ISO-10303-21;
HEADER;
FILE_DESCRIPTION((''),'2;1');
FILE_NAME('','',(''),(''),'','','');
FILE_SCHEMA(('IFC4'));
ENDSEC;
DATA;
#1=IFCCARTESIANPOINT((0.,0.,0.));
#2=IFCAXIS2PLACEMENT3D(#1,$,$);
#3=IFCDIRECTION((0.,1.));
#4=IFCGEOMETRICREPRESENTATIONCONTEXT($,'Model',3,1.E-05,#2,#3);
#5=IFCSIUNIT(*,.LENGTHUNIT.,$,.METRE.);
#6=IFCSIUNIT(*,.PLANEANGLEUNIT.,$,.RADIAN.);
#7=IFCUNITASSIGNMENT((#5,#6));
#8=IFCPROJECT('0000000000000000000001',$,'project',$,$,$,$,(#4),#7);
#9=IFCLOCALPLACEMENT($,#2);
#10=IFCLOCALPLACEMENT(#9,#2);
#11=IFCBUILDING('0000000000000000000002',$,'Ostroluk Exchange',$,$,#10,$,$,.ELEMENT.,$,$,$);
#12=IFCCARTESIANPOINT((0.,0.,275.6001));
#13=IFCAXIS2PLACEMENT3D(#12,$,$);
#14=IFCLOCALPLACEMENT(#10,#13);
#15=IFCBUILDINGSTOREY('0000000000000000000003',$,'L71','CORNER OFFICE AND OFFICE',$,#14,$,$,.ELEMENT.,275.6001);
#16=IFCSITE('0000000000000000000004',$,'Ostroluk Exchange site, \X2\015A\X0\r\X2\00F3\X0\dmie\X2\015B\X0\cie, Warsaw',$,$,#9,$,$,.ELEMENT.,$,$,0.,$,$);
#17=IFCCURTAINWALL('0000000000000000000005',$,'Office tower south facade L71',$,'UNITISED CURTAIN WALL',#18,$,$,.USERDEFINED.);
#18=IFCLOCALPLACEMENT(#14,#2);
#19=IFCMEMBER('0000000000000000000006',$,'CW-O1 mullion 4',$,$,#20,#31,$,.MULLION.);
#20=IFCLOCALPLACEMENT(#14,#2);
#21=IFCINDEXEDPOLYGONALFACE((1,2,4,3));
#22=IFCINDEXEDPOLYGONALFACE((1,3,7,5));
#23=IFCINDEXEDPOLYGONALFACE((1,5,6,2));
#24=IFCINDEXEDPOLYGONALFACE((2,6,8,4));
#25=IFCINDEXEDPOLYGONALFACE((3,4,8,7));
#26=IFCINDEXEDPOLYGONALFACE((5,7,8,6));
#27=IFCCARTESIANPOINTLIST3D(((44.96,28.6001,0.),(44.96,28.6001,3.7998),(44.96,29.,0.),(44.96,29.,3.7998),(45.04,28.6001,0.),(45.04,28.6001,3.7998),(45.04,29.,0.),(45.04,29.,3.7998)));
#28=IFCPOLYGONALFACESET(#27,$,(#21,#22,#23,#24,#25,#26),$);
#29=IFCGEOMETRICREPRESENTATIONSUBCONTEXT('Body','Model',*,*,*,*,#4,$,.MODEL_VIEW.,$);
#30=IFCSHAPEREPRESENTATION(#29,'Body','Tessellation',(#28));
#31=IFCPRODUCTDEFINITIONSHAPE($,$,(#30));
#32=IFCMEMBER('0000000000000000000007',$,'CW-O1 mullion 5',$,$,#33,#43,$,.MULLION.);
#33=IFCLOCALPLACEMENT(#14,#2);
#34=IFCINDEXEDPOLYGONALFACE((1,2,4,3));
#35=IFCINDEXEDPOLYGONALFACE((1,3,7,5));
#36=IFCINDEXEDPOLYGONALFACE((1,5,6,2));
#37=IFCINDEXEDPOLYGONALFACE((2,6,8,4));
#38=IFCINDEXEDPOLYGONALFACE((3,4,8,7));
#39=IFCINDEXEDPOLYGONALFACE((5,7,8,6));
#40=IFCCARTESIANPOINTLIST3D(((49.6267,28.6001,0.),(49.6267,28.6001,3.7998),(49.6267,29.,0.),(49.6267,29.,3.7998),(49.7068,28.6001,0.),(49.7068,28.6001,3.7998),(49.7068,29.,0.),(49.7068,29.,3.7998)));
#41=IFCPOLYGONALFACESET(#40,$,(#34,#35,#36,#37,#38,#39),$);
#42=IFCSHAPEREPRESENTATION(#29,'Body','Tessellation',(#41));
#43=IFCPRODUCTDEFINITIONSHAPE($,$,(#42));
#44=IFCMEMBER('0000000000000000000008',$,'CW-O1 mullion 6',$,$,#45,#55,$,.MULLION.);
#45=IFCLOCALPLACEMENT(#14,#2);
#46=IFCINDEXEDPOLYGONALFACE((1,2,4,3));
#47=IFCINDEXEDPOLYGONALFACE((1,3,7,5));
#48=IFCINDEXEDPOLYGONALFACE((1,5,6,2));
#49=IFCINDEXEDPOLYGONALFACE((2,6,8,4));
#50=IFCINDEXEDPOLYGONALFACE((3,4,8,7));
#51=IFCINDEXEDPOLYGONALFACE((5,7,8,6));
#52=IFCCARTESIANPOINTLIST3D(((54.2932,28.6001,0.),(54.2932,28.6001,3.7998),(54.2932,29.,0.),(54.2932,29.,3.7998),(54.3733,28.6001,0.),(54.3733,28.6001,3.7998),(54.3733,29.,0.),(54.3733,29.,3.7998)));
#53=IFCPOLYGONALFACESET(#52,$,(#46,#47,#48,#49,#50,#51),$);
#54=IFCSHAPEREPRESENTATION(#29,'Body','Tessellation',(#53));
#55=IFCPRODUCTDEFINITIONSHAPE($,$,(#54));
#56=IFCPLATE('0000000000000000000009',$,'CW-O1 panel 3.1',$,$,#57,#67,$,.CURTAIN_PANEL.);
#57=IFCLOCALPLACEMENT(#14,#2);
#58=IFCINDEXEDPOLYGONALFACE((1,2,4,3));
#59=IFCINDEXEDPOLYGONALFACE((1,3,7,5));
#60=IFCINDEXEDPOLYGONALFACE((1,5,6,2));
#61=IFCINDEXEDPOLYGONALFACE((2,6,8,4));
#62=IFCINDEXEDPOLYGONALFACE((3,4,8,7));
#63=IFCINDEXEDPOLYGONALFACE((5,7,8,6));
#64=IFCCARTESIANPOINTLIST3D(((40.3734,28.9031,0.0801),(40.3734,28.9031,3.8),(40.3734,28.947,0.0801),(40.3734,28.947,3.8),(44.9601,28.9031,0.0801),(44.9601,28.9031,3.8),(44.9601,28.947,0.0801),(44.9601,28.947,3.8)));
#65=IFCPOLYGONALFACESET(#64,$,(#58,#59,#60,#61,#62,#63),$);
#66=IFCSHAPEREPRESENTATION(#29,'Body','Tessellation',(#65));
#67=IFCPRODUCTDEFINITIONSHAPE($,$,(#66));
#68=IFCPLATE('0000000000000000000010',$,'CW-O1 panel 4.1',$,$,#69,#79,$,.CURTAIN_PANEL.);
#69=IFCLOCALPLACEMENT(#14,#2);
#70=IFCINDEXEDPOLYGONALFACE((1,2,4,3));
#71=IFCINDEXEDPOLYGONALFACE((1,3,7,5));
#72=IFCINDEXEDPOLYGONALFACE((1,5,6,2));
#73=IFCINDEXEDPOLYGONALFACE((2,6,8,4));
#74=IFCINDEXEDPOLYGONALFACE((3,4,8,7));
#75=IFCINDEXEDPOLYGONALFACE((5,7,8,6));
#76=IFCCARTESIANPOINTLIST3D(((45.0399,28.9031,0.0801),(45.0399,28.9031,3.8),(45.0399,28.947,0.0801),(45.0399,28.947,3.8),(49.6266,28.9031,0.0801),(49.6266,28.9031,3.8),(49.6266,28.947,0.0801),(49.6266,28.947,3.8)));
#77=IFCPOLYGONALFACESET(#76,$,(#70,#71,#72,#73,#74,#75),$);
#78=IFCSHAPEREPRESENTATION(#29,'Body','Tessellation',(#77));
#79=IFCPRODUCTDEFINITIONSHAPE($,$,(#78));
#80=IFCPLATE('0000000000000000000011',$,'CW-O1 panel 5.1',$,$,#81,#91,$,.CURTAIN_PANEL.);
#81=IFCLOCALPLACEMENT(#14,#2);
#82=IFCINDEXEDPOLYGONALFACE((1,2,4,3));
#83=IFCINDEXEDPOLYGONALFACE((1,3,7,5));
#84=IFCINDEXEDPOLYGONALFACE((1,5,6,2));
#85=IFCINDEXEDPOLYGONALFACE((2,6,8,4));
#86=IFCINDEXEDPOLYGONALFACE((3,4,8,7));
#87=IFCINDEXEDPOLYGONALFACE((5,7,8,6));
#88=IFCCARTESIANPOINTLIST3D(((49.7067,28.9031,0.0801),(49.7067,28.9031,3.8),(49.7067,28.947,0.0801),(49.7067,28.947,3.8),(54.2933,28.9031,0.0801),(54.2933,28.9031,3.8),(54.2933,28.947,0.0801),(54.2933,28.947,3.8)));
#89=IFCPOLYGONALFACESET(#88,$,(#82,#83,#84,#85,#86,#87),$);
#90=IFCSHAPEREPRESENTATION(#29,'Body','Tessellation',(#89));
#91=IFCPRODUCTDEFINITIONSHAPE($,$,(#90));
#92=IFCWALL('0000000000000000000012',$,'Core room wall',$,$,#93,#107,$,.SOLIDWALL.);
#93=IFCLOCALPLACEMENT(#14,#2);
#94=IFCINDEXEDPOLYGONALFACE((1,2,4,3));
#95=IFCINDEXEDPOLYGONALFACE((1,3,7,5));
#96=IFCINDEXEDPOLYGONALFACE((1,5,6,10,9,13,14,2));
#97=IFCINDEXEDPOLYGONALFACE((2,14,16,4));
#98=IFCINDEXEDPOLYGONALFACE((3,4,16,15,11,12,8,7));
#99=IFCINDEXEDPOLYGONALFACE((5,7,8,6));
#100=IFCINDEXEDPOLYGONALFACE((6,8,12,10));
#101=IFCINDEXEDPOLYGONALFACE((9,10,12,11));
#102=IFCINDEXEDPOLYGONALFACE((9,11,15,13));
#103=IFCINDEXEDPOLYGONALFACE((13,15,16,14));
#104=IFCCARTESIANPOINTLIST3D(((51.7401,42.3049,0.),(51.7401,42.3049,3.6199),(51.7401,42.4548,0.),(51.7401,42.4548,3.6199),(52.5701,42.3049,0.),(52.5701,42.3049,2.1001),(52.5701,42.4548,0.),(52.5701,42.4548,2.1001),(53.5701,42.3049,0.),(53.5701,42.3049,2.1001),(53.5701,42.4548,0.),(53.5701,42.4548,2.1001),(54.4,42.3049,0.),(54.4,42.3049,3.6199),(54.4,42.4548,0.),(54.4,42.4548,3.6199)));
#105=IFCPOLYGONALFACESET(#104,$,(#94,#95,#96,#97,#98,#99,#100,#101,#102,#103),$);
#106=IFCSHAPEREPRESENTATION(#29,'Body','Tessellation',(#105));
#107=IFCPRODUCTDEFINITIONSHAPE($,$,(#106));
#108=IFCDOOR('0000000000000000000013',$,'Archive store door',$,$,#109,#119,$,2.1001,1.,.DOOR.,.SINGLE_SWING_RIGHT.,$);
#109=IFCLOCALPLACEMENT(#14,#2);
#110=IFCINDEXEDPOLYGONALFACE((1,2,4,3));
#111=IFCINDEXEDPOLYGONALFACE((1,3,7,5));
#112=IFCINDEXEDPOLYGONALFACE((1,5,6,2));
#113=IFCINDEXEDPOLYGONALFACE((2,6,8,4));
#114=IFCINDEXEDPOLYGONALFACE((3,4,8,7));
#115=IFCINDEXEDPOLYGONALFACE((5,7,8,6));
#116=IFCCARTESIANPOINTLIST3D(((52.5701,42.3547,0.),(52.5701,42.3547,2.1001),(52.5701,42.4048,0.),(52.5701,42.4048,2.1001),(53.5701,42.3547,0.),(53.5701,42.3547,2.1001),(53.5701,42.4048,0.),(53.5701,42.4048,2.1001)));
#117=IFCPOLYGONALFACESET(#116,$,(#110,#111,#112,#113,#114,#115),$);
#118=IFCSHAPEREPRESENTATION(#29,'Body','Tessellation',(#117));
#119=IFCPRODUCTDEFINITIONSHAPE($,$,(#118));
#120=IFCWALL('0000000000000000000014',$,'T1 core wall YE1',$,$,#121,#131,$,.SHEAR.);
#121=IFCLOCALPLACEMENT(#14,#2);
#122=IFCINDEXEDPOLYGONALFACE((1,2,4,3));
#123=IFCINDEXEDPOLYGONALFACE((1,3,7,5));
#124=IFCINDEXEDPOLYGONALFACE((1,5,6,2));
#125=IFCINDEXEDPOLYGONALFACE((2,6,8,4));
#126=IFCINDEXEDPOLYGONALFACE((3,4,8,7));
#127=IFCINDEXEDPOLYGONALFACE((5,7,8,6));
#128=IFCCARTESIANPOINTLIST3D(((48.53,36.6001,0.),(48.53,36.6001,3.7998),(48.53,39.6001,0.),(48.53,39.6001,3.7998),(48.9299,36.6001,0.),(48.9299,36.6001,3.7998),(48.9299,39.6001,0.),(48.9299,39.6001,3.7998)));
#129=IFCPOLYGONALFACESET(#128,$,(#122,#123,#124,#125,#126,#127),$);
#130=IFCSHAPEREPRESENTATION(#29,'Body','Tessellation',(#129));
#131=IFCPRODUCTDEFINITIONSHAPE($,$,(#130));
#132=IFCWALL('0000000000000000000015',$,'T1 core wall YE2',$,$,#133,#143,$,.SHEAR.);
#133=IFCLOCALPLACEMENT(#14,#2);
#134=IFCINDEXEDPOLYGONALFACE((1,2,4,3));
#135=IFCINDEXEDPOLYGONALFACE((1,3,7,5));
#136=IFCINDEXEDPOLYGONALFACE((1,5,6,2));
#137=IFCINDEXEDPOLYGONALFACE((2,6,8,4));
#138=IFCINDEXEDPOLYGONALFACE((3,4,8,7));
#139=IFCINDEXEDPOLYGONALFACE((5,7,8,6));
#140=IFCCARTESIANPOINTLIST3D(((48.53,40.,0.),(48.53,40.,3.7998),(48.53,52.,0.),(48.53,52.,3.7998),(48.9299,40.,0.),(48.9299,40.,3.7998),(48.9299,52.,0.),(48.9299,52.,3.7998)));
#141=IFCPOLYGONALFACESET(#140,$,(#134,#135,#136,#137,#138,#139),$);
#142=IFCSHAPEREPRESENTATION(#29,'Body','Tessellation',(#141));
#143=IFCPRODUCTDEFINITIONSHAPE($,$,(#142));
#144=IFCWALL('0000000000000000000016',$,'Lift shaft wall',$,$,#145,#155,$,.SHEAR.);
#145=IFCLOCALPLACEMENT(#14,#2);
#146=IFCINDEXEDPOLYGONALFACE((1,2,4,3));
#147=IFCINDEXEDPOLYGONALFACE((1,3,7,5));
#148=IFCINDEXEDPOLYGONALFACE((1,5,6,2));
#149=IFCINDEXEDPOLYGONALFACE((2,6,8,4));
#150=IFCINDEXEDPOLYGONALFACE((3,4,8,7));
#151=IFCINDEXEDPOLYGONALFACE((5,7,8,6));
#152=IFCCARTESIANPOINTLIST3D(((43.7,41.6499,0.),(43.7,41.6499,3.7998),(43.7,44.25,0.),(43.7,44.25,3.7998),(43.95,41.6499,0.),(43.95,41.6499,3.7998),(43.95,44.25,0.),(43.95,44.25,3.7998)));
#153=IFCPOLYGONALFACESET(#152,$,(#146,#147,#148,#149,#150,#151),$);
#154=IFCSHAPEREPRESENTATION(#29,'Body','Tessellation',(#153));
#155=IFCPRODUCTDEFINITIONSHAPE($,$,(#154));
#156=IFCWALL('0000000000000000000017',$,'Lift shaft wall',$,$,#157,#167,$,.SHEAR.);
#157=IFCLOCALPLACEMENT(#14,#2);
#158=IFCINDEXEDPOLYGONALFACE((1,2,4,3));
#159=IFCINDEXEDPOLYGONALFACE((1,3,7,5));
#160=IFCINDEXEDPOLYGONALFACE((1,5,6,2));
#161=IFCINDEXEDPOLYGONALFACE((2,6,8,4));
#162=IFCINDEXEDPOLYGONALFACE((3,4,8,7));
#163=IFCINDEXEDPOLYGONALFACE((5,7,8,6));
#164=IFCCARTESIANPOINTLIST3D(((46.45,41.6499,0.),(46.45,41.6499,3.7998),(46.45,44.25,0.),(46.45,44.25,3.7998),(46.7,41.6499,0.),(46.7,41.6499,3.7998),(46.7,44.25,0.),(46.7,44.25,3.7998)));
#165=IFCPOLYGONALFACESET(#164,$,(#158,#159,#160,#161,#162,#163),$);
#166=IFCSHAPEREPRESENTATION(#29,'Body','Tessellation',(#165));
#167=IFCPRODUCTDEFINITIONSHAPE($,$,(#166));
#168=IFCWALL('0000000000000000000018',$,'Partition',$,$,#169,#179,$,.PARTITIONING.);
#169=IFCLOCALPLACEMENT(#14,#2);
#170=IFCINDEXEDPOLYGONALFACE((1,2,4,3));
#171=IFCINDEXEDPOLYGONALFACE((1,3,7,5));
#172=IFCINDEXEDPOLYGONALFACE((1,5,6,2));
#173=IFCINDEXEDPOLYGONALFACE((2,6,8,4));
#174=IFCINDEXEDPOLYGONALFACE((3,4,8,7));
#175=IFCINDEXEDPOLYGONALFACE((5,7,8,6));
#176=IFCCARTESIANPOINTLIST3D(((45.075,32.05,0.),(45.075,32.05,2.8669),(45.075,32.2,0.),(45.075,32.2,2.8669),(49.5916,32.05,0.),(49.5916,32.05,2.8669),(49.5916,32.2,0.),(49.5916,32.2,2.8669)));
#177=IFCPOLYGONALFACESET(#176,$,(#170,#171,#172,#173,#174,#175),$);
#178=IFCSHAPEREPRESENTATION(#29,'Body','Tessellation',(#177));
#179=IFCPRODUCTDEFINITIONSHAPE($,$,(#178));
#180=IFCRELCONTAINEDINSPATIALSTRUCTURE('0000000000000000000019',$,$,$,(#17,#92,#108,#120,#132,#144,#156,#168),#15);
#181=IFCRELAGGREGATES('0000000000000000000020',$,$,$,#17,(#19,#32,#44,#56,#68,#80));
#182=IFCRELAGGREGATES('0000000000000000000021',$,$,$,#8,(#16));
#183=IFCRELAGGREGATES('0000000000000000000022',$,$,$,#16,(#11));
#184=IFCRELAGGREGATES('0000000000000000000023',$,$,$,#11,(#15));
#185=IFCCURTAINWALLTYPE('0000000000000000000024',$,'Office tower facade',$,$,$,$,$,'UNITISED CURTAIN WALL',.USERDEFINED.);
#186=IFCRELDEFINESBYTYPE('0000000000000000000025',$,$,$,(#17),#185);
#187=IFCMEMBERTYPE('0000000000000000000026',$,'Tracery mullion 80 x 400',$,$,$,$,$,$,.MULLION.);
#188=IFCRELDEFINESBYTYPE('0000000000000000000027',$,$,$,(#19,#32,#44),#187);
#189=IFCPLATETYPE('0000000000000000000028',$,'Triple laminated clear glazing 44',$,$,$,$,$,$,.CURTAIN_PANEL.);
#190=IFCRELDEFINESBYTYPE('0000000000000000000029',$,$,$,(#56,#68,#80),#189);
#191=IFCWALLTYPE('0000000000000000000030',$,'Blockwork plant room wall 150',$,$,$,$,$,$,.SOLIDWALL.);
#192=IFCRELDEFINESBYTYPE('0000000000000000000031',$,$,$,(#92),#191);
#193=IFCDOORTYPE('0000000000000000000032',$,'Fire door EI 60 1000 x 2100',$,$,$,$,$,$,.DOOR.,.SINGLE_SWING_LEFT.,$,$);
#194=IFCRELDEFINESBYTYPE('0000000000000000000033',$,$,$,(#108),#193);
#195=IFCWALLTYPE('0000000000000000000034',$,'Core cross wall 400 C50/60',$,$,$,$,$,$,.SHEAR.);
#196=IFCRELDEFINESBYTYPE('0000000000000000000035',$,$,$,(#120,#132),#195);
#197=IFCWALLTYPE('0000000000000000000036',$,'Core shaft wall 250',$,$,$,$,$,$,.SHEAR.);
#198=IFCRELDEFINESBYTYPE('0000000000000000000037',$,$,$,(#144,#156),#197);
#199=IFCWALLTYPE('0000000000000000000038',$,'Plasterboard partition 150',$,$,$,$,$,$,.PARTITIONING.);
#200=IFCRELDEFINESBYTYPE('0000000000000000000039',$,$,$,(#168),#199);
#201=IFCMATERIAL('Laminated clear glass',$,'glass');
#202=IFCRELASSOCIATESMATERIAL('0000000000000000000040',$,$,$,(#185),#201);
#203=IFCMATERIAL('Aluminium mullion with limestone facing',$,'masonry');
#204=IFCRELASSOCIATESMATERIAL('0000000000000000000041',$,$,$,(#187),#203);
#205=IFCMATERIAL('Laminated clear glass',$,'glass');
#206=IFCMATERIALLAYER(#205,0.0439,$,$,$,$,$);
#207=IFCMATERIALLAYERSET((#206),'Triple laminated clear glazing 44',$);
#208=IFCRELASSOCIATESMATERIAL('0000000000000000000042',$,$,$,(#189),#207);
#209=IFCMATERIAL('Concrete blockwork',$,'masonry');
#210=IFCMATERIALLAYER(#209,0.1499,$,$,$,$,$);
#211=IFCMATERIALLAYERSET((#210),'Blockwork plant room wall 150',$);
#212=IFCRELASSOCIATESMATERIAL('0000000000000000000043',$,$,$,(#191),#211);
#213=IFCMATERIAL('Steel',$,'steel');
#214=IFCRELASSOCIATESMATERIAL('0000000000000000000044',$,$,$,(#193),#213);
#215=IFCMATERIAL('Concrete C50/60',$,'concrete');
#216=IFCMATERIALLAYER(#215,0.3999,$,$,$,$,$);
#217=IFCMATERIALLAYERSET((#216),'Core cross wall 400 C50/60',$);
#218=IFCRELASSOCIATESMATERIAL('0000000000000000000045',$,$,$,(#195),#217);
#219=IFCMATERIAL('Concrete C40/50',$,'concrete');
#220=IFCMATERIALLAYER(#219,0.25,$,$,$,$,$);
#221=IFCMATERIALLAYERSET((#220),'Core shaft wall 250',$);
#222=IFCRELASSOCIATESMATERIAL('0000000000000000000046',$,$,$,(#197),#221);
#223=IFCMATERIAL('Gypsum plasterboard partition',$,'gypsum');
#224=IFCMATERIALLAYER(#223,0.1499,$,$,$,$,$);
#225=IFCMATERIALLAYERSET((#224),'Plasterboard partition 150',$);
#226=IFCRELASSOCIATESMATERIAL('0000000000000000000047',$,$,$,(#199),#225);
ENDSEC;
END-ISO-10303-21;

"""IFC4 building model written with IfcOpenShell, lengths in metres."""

from ifc_helpers import new_model, si_unit, direction, frame, frame_2d, origin, origin_2d, place, context, subcontext, project, spatial, rectangle, extrude, material, layer, layer_set, material_profile, profile_set, type_object, element, fill, aggregate, save


model = new_model("IFC4")

# Units and contexts
model_context = context("Model", 3, precision=1e-05, world=origin(), true_north=direction((0.0, 1.0)))
body_context = subcontext(model_context, "Body", "Model", "MODEL_VIEW")
ifc_project = project(units=[si_unit("LENGTHUNIT", "METRE"), si_unit("PLANEANGLEUNIT", "RADIAN")], contexts=[model_context])

# Site, building, storey
site_placement = place(None, origin())
site = spatial("IfcSite", under=ifc_project, at=site_placement, Name="Ostroluk Exchange site, Śródmieście, Warsaw", CompositionType="ELEMENT", RefElevation=0.0)
building_placement = place(site_placement, origin())
building = spatial("IfcBuilding", under=site, at=building_placement, Name="Ostroluk Exchange", CompositionType="ELEMENT")
storey_placement = place(building_placement, frame((0.0, 0.0, 275.6001)))
storey = spatial("IfcBuildingStorey", under=building, at=storey_placement, Name="L71", Description="CORNER OFFICE AND OFFICE", CompositionType="ELEMENT", Elevation=275.6001)

# Curtain wall, members, plates
ifc_material_1 = material(Name="Laminated clear glass", Category="glass")
curtain_wall_type = type_object("IfcCurtainWallType", Name="Office tower facade", ElementType="UNITISED CURTAIN WALL", PredefinedType="USERDEFINED", material=ifc_material_1)
curtain_wall_placement = place(storey_placement, origin())
curtain_wall = element("IfcCurtainWall", 1, at=curtain_wall_placement, inside=storey, type_object=curtain_wall_type, Name="Office tower south facade L71", ObjectType="UNITISED CURTAIN WALL", PredefinedType="USERDEFINED")
ifc_material_2 = material(Name="Aluminium mullion with limestone facing", Category="masonry")
ifc_material_profile_1 = material_profile(ifc_material_2, rectangle(XDim=0.3999, YDim=0.0801, at=origin_2d()), Name="Tracery mullion 80 x 400")
ifc_profile_set_1 = profile_set([ifc_material_profile_1], Name="Aluminium mullion with limestone facing")
member_type_1 = type_object("IfcMemberType", Name="Tracery mullion 80 x 400", PredefinedType="MULLION", material=ifc_profile_set_1)
member_1_placement = place(storey_placement, frame((45.0, 28.8, 0.0), z_axis=(0.0, 0.0, 1.0), x_axis=(0.0, 1.0, 0.0)))
member_1 = element("IfcMember", 2, at=member_1_placement, type_object=member_type_1, Name="CW-O1 mullion 4", PredefinedType="MULLION", context=body_context, shape_type="SweptSolid", body=[
    extrude(rectangle(XDim=0.3999, YDim=0.0801, at=origin_2d()), origin(), (0.0, 0.0, 1.0), 3.7998),
])
member_2_placement = place(storey_placement, frame((49.6667, 28.8, 0.0), z_axis=(0.0, 0.0, 1.0), x_axis=(0.0, 1.0, 0.0)))
member_2 = element("IfcMember", 3, at=member_2_placement, type_object=member_type_1, Name="CW-O1 mullion 5", PredefinedType="MULLION", context=body_context, shape_type="SweptSolid", body=[
    extrude(rectangle(XDim=0.3999, YDim=0.0801, at=origin_2d()), origin(), (0.0, 0.0, 1.0), 3.7998),
])
member_3_placement = place(storey_placement, frame((54.3333, 28.8, 0.0), z_axis=(0.0, 0.0, 1.0), x_axis=(0.0, 1.0, 0.0)))
member_3 = element("IfcMember", 4, at=member_3_placement, type_object=member_type_1, Name="CW-O1 mullion 6", PredefinedType="MULLION", context=body_context, shape_type="SweptSolid", body=[
    extrude(rectangle(XDim=0.3999, YDim=0.0801, at=origin_2d()), origin(), (0.0, 0.0, 1.0), 3.7998),
])
ifc_material_3 = material(Name="Laminated clear glass", Category="glass")
ifc_layer_1 = layer(ifc_material_3, 0.0439)
ifc_layer_set_1 = layer_set([ifc_layer_1], Name="Triple laminated clear glazing 44")
plate_type = type_object("IfcPlateType", Name="Triple laminated clear glazing 44", PredefinedType="CURTAIN_PANEL", material=ifc_layer_set_1)
plate_1_placement = place(storey_placement, frame((42.6667, 28.925, 0.0801), z_axis=(0.0, 0.0, 1.0), x_axis=(1.0, 0.0, 0.0)))
plate_1 = element("IfcPlate", 5, at=plate_1_placement, type_object=plate_type, Name="CW-O1 panel 3.1", PredefinedType="CURTAIN_PANEL", context=body_context, shape_type="SweptSolid", body=[
    extrude(rectangle(XDim=4.5867, YDim=0.0439, at=origin_2d()), origin(), (0.0, 0.0, 1.0), 3.72),
])
plate_2_placement = place(storey_placement, frame((47.3333, 28.925, 0.0801), z_axis=(0.0, 0.0, 1.0), x_axis=(1.0, 0.0, 0.0)))
plate_2 = element("IfcPlate", 6, at=plate_2_placement, type_object=plate_type, Name="CW-O1 panel 4.1", PredefinedType="CURTAIN_PANEL", context=body_context, shape_type="SweptSolid", body=[
    extrude(rectangle(XDim=4.5867, YDim=0.0439, at=origin_2d()), origin(), (0.0, 0.0, 1.0), 3.72),
])
plate_3_placement = place(storey_placement, frame((52.0, 28.925, 0.0801), z_axis=(0.0, 0.0, 1.0), x_axis=(1.0, 0.0, 0.0)))
plate_3 = element("IfcPlate", 7, at=plate_3_placement, type_object=plate_type, Name="CW-O1 panel 5.1", PredefinedType="CURTAIN_PANEL", context=body_context, shape_type="SweptSolid", body=[
    extrude(rectangle(XDim=4.5867, YDim=0.0439, at=origin_2d()), origin(), (0.0, 0.0, 1.0), 3.72),
])
aggregate(curtain_wall, [member_1, member_2, member_3, plate_1, plate_2, plate_3])

# Wall, opening, door
ifc_material_4 = material(Name="Concrete blockwork", Category="masonry")
ifc_layer_2 = layer(ifc_material_4, 0.1499)
ifc_layer_set_2 = layer_set([ifc_layer_2], Name="Blockwork plant room wall 150")
wall_type_1 = type_object("IfcWallType", Name="Blockwork plant room wall 150", PredefinedType="SOLIDWALL", material=ifc_layer_set_2)
wall_1_placement = place(storey_placement, frame((51.74, 42.3799, 0.0), z_axis=(0.0, 0.0, 1.0), x_axis=(1.0, 0.0, 0.0)))
wall_1 = element("IfcWall", 8, at=wall_1_placement, inside=storey, type_object=wall_type_1, Name="Core room wall", PredefinedType="SOLIDWALL", context=body_context, shape_type="SweptSolid", body=[
    extrude(rectangle(XDim=2.6599, YDim=0.1499, at=frame_2d((1.3301, 0.0))), origin(), (0.0, 0.0, 1.0), 3.6199),
])
opening_1_placement = place(wall_1_placement, frame((0.8301, 0.0, 0.0)))
opening_1 = element("IfcOpeningElement", 9, at=opening_1_placement, cuts=wall_1, PredefinedType="OPENING", context=body_context, shape_type="SweptSolid", body=[
    extrude(rectangle(XDim=1.0, YDim=2.1001, at=frame_2d((0.5, 1.05))), frame((0.0, 0.085, 0.0), z_axis=(0.0, -1.0, 0.0), x_axis=(1.0, 0.0, 0.0)), (0.0, 0.0, 1.0), 0.1699),
])
ifc_material_5 = material(Name="Steel", Category="steel")
door_type_1 = type_object("IfcDoorType", Name="Fire door EI 60 1000 x 2100", OperationType="SINGLE_SWING_LEFT", PredefinedType="DOOR", material=ifc_material_5)
door_1_placement = place(opening_1_placement, origin())
door_1 = element("IfcDoor", 10, at=door_1_placement, inside=storey, type_object=door_type_1, Name="Archive store door", OperationType="SINGLE_SWING_RIGHT", OverallHeight=2.1001, OverallWidth=1.0, PredefinedType="DOOR", context=body_context, shape_type="SweptSolid", body=[
    extrude(rectangle(XDim=1.0, YDim=2.1001, at=frame_2d((0.5, 1.05))), frame((0.0, 0.0249, 0.0), z_axis=(0.0, -1.0, 0.0), x_axis=(1.0, 0.0, 0.0)), (0.0, 0.0, 1.0), 0.05),
])
fill(opening_1, door_1)

# Walls
ifc_material_6 = material(Name="Concrete C50/60", Category="concrete")
ifc_layer_3 = layer(ifc_material_6, 0.3999)
ifc_layer_set_3 = layer_set([ifc_layer_3], Name="Core cross wall 400 C50/60")
wall_type_2 = type_object("IfcWallType", Name="Core cross wall 400 C50/60", PredefinedType="SHEAR", material=ifc_layer_set_3)
wall_2_placement = place(storey_placement, frame((48.73, 36.6001, 0.0), z_axis=(0.0, 0.0, 1.0), x_axis=(0.0, 1.0, 0.0)))
element("IfcWall", 11, at=wall_2_placement, inside=storey, type_object=wall_type_2, Name="T1 core wall YE1", PredefinedType="SHEAR", context=body_context, shape_type="SweptSolid", body=[
    extrude(rectangle(XDim=3.0, YDim=0.3999, at=frame_2d((1.5, 0.0))), origin(), (0.0, 0.0, 1.0), 3.7998),
])
wall_3_placement = place(storey_placement, frame((48.73, 40.0, 0.0), z_axis=(0.0, 0.0, 1.0), x_axis=(0.0, 1.0, 0.0)))
element("IfcWall", 12, at=wall_3_placement, inside=storey, type_object=wall_type_2, Name="T1 core wall YE2", PredefinedType="SHEAR", context=body_context, shape_type="SweptSolid", body=[
    extrude(rectangle(XDim=12.0, YDim=0.3999, at=frame_2d((6.0, 0.0))), origin(), (0.0, 0.0, 1.0), 3.7998),
])

# Shared definitions
ifc_material_7 = material(Name="Concrete C40/50", Category="concrete")
ifc_layer_4 = layer(ifc_material_7, 0.25)
ifc_layer_set_4 = layer_set([ifc_layer_4], Name="Core shaft wall 250")
wall_type_3 = type_object("IfcWallType", Name="Core shaft wall 250", PredefinedType="SHEAR", material=ifc_layer_set_4)

# Walls
for number, where, z_axis, x_axis, name in (
    (13, (43.825, 44.25, 0.0), (0.0, 0.0, 1.0), (0.0, -1.0, 0.0), "Lift shaft wall"),
    (14, (46.575, 44.25, 0.0), (0.0, 0.0, 1.0), (0.0, -1.0, 0.0), "Lift shaft wall"),
):
    element("IfcWall", number, at=place(storey_placement, frame(where, z_axis=z_axis, x_axis=x_axis)), inside=storey, type_object=wall_type_3, Name=name, PredefinedType="SHEAR", context=body_context, shape_type="SweptSolid", body=[
        extrude(rectangle(XDim=2.6001, YDim=0.25, at=frame_2d((1.3, 0.0))), origin(), (0.0, 0.0, 1.0), 3.7998),
    ])

# Wall
ifc_material_8 = material(Name="Gypsum plasterboard partition", Category="gypsum")
ifc_layer_5 = layer(ifc_material_8, 0.1499)
ifc_layer_set_5 = layer_set([ifc_layer_5], Name="Plasterboard partition 150")
wall_type_4 = type_object("IfcWallType", Name="Plasterboard partition 150", PredefinedType="PARTITIONING", material=ifc_layer_set_5)
wall_4_placement = place(storey_placement, frame((45.075, 32.125, 0.0), z_axis=(0.0, 0.0, 1.0), x_axis=(1.0, 0.0, 0.0)))
element("IfcWall", 15, at=wall_4_placement, inside=storey, type_object=wall_type_4, Name="Partition", PredefinedType="PARTITIONING", context=body_context, shape_type="SweptSolid", body=[
    extrude(rectangle(XDim=4.5166, YDim=0.1499, at=frame_2d((2.2583, 0.0))), origin(), (0.0, 0.0, 1.0), 2.8669),
])

save(model, "model.ifc")
